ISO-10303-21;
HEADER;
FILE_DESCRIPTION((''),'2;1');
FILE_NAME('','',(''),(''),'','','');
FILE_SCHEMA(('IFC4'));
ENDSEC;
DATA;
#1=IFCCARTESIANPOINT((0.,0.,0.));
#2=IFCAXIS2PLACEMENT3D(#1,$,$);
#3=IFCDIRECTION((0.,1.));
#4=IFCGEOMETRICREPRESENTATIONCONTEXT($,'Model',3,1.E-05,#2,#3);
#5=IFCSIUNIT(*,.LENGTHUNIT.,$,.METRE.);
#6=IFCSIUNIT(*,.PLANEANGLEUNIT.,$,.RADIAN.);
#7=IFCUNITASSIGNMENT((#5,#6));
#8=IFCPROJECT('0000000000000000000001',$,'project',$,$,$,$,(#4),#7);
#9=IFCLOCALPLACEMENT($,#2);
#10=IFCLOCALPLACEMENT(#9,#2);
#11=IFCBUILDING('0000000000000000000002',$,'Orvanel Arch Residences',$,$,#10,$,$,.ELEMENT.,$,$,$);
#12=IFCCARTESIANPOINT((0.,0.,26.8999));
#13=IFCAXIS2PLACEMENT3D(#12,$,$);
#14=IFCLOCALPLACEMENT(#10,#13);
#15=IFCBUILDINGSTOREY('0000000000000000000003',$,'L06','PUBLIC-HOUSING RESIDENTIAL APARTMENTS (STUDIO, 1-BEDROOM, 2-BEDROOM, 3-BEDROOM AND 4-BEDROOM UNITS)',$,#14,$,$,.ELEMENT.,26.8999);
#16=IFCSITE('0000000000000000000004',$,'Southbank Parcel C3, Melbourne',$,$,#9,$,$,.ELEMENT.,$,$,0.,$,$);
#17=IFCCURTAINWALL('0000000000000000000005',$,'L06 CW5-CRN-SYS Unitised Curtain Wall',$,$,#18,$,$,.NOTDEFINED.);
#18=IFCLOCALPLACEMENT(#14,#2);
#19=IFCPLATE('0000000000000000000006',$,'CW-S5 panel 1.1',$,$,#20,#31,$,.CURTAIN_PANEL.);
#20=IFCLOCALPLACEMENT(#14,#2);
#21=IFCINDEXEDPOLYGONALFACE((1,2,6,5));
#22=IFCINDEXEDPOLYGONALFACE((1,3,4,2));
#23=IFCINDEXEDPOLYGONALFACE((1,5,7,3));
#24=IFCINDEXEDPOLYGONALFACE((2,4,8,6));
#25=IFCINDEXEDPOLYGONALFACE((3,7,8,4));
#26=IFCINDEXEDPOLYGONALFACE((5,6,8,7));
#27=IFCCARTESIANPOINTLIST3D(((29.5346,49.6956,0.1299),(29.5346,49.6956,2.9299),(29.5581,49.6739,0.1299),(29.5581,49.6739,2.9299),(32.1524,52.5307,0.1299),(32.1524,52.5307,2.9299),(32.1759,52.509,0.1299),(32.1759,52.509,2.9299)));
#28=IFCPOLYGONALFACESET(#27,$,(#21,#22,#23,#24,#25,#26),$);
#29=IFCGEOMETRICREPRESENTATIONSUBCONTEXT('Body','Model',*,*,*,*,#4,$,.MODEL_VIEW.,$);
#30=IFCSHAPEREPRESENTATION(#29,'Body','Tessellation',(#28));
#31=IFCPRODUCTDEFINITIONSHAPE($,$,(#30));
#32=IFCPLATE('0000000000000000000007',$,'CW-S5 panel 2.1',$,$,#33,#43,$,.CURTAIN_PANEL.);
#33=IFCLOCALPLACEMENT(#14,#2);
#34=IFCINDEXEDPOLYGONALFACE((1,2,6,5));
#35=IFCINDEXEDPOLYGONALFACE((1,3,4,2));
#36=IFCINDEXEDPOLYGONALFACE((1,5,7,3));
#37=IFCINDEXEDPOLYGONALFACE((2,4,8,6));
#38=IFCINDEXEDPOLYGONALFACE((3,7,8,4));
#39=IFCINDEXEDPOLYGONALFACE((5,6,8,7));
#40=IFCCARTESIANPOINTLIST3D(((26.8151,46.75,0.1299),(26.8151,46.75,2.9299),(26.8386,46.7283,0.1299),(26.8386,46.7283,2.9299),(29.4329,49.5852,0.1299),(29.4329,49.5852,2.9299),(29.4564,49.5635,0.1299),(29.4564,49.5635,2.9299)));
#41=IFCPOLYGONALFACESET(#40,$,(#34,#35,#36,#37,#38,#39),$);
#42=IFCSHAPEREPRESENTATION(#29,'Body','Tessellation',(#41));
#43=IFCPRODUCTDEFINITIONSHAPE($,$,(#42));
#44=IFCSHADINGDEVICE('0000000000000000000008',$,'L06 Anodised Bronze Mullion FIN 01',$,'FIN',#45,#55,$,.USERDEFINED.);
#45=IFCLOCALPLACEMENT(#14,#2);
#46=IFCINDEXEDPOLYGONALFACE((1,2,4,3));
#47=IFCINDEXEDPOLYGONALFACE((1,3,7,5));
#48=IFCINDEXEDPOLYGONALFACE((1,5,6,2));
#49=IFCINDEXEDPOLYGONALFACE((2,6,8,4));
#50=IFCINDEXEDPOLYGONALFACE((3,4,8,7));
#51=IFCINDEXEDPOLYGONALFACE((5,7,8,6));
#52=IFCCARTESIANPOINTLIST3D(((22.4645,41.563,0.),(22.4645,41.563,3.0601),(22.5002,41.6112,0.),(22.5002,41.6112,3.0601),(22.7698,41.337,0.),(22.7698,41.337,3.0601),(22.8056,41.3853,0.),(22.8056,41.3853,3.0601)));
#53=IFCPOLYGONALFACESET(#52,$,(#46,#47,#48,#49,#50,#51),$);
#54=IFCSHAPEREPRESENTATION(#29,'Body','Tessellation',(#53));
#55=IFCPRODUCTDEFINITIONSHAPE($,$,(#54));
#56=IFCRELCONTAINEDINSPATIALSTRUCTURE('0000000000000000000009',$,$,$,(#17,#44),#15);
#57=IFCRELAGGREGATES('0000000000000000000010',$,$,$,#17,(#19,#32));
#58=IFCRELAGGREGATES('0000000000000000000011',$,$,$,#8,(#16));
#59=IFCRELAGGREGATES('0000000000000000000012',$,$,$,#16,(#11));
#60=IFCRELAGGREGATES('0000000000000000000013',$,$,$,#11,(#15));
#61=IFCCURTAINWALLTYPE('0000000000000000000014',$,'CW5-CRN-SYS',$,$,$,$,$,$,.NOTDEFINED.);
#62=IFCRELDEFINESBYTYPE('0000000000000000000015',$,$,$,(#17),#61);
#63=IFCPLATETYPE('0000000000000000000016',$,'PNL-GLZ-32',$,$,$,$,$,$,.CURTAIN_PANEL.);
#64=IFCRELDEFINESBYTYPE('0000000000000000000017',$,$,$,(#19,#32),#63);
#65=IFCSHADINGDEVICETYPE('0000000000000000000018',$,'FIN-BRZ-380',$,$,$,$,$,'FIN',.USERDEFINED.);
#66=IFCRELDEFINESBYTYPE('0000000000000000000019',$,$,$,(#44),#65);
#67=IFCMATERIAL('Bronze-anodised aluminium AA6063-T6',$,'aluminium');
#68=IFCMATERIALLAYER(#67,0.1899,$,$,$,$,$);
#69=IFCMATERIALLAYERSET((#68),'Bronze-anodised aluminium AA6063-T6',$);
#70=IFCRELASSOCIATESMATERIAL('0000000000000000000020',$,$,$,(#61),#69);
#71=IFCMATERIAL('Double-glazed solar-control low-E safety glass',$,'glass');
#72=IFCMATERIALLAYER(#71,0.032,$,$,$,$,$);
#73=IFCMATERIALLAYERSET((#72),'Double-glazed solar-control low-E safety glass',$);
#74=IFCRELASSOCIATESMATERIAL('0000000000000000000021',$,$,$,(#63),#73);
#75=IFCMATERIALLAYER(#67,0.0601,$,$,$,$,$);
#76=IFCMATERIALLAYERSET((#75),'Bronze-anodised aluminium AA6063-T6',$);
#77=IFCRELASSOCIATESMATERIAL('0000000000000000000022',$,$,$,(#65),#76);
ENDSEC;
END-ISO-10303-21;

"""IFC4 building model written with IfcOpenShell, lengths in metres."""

from ifc_helpers import new_model, si_unit, direction, frame, origin, origin_2d, place, context, subcontext, project, spatial, rectangle, extrude, material, layer, layer_set, type_object, element, aggregate, save


model = new_model("IFC4")

# Units and contexts
model_context = context("Model", 3, precision=1e-05, world=origin(), true_north=direction((0.0, 1.0)))
body_context = subcontext(model_context, "Body", "Model", "MODEL_VIEW")
ifc_project = project(units=[si_unit("LENGTHUNIT", "METRE"), si_unit("PLANEANGLEUNIT", "RADIAN")], contexts=[model_context])

# Site, building, storey
site_placement = place(None, origin())
site = spatial("IfcSite", under=ifc_project, at=site_placement, Name="Southbank Parcel C3, Melbourne", CompositionType="ELEMENT", RefElevation=0.0)
building_placement = place(site_placement, origin())
building = spatial("IfcBuilding", under=site, at=building_placement, Name="Orvanel Arch Residences", CompositionType="ELEMENT")
storey_placement = place(building_placement, frame((0.0, 0.0, 26.8999)))
storey = spatial("IfcBuildingStorey", under=building, at=storey_placement, Name="L06", Description="PUBLIC-HOUSING RESIDENTIAL APARTMENTS (STUDIO, 1-BEDROOM, 2-BEDROOM, 3-BEDROOM AND 4-BEDROOM UNITS)", CompositionType="ELEMENT", Elevation=26.8999)

# Shared definitions
ifc_material_1 = material(Name="Bronze-anodised aluminium AA6063-T6", Category="aluminium")
ifc_layer_1 = layer(ifc_material_1, 0.1899)
ifc_layer_set_1 = layer_set([ifc_layer_1], Name="Bronze-anodised aluminium AA6063-T6")
curtain_wall_type_1 = type_object("IfcCurtainWallType", Name="CW5-CRN-SYS", PredefinedType="NOTDEFINED", material=ifc_layer_set_1)

# Curtain wall
curtain_wall_1_placement = place(storey_placement, origin())
curtain_wall_1 = element("IfcCurtainWall", 1, at=curtain_wall_1_placement, inside=storey, type_object=curtain_wall_type_1, Name="L06 CW5-CRN-SYS Unitised Curtain Wall", PredefinedType="NOTDEFINED")

# Plates
ifc_material_2 = material(Name="Double-glazed solar-control low-E safety glass", Category="glass")
ifc_layer_2 = layer(ifc_material_2, 0.032)
ifc_layer_set_2 = layer_set([ifc_layer_2], Name="Double-glazed solar-control low-E safety glass")
plate_type_1 = type_object("IfcPlateType", Name="PNL-GLZ-32", PredefinedType="CURTAIN_PANEL", material=ifc_layer_set_2)
plate_1_placement = place(storey_placement, frame((30.8552, 51.1023, 0.1299), z_axis=(0.0, 0.0, 1.0), x_axis=(-0.678387, -0.734705, 0.0)))
plate_1 = element("IfcPlate", 2, at=plate_1_placement, type_object=plate_type_1, Name="CW-S5 panel 1.1", PredefinedType="CURTAIN_PANEL", context=body_context, shape_type="SweptSolid", body=[
    extrude(rectangle(XDim=3.8589, YDim=0.032, at=origin_2d()), origin(), (0.0, 0.0, 1.0), 2.8),
])
plate_2_placement = place(storey_placement, frame((28.1357, 48.1567, 0.1299), z_axis=(0.0, 0.0, 1.0), x_axis=(-0.678387, -0.734705, 0.0)))
plate_2 = element("IfcPlate", 3, at=plate_2_placement, type_object=plate_type_1, Name="CW-S5 panel 2.1", PredefinedType="CURTAIN_PANEL", context=body_context, shape_type="SweptSolid", body=[
    extrude(rectangle(XDim=3.8589, YDim=0.032, at=origin_2d()), origin(), (0.0, 0.0, 1.0), 2.8),
])
aggregate(curtain_wall_1, [plate_1, plate_2])

# Shading device
ifc_layer_3 = layer(ifc_material_1, 0.0601)
ifc_layer_set_3 = layer_set([ifc_layer_3], Name="Bronze-anodised aluminium AA6063-T6")
shading_device_type = type_object("IfcShadingDeviceType", Name="FIN-BRZ-380", ElementType="FIN", PredefinedType="USERDEFINED", material=ifc_layer_set_3)
shading_device_placement = place(storey_placement, frame((22.635, 41.4741, 0.0), z_axis=(0.0, 0.0, 1.0), x_axis=(-0.803857, 0.594823, 0.0)))
element("IfcShadingDevice", 4, at=shading_device_placement, inside=storey, type_object=shading_device_type, Name="L06 Anodised Bronze Mullion FIN 01", ObjectType="FIN", PredefinedType="USERDEFINED", context=body_context, shape_type="SweptSolid", body=[
    extrude(rectangle(XDim=0.3799, YDim=0.0601, at=origin_2d()), origin(), (0.0, 0.0, 1.0), 3.0601),
])

save(model, "model.ifc")
